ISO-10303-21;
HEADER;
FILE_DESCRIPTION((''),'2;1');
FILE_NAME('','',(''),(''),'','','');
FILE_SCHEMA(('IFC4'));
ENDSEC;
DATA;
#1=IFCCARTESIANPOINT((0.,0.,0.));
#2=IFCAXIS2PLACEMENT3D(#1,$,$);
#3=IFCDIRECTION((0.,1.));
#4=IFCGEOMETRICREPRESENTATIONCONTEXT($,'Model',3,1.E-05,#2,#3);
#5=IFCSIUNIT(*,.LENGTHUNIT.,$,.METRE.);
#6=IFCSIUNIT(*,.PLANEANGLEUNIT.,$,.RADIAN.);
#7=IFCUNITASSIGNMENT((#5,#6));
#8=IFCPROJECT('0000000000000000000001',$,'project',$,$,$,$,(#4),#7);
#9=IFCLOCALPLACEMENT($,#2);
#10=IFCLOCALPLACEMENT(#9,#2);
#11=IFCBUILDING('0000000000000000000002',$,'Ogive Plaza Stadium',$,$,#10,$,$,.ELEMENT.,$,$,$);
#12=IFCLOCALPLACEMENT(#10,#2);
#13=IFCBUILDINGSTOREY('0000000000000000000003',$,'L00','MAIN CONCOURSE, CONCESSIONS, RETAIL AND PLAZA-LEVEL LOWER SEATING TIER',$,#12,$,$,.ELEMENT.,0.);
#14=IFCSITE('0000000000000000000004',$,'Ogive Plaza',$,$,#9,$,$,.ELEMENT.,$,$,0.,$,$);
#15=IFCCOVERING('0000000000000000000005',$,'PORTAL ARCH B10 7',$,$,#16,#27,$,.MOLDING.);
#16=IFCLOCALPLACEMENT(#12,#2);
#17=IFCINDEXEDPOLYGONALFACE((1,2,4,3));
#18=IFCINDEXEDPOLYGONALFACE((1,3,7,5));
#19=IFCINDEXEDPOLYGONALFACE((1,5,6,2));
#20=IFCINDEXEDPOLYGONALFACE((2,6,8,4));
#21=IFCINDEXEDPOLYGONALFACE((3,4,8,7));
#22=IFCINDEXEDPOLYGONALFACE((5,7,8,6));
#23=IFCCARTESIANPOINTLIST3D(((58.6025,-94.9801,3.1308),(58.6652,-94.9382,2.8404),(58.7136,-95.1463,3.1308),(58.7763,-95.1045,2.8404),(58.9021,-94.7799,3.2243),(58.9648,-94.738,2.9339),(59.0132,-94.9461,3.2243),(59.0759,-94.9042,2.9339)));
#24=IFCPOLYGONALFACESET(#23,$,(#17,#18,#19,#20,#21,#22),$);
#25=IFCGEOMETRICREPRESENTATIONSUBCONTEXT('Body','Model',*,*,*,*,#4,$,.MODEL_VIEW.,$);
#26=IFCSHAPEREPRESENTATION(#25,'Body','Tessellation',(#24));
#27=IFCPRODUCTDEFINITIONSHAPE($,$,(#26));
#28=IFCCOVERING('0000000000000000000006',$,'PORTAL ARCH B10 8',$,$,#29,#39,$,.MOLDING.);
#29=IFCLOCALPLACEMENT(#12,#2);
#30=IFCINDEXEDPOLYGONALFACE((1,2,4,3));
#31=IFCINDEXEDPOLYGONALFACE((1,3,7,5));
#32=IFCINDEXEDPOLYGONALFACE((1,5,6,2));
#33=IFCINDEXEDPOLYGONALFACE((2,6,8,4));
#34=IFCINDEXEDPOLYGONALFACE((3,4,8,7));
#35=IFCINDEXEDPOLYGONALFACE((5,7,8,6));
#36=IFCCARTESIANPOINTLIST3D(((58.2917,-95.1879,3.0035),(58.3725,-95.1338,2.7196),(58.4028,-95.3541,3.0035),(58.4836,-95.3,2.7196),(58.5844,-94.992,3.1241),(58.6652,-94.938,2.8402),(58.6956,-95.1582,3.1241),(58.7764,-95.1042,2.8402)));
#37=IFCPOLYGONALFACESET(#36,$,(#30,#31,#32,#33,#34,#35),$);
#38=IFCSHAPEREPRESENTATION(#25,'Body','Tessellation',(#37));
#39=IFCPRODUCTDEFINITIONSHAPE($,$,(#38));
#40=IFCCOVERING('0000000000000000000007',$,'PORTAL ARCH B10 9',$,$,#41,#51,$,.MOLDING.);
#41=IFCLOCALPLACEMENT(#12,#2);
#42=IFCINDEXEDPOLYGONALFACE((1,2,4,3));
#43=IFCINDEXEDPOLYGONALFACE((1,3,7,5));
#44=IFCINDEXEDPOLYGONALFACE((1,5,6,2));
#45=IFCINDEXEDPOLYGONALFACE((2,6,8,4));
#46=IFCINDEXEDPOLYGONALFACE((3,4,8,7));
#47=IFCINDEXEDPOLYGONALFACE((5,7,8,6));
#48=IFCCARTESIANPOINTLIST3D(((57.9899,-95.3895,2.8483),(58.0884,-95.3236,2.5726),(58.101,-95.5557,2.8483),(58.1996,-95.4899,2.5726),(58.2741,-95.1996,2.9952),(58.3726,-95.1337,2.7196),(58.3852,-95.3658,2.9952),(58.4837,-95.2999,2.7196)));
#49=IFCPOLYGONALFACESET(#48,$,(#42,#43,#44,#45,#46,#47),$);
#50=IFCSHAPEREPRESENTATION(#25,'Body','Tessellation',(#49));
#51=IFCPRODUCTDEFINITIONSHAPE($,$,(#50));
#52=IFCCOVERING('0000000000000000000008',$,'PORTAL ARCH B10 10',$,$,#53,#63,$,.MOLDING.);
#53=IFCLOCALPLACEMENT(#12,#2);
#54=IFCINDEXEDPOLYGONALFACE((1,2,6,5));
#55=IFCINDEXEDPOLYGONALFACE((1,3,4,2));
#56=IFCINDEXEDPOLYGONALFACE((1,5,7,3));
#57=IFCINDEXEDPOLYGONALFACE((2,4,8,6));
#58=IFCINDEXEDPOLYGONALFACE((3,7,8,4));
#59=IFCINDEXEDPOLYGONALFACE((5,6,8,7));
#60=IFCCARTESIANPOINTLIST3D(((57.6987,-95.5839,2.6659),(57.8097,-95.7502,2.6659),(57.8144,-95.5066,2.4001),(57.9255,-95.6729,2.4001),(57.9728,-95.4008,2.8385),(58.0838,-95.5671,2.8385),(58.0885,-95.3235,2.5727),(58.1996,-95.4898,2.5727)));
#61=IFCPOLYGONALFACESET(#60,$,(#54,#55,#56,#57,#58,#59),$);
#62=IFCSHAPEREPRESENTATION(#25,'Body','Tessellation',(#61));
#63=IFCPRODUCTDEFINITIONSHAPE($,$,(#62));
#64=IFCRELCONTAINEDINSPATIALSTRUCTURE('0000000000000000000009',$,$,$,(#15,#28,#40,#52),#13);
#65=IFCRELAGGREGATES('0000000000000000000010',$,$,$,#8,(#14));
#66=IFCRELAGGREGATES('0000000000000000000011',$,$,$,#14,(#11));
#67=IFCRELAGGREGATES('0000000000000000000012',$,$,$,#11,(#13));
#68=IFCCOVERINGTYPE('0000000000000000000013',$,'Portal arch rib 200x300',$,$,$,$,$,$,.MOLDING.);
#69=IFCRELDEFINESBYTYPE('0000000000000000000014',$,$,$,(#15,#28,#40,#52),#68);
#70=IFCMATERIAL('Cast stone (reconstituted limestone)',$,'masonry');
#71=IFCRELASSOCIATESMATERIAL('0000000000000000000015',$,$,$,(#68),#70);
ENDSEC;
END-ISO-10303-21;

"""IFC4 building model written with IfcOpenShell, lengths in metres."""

from ifc_helpers import new_model, si_unit, direction, frame, origin, origin_2d, place, context, subcontext, project, spatial, rectangle, extrude, material, material_profile, profile_set, type_object, element, save


model = new_model("IFC4")

# Units and contexts
model_context = context("Model", 3, precision=1e-05, world=origin(), true_north=direction((0.0, 1.0)))
body_context = subcontext(model_context, "Body", "Model", "MODEL_VIEW")
ifc_project = project(units=[si_unit("LENGTHUNIT", "METRE"), si_unit("PLANEANGLEUNIT", "RADIAN")], contexts=[model_context])

# Site, building, storey
site_placement = place(None, origin())
site = spatial("IfcSite", under=ifc_project, at=site_placement, Name="Ogive Plaza", CompositionType="ELEMENT", RefElevation=0.0)
building_placement = place(site_placement, origin())
building = spatial("IfcBuilding", under=site, at=building_placement, Name="Ogive Plaza Stadium", CompositionType="ELEMENT")
storey_placement = place(building_placement, origin())
storey = spatial("IfcBuildingStorey", under=building, at=storey_placement, Name="L00", Description="MAIN CONCOURSE, CONCESSIONS, RETAIL AND PLAZA-LEVEL LOWER SEATING TIER", CompositionType="ELEMENT", Elevation=0.0)

# Coverings
ifc_material_1 = material(Name="Cast stone (reconstituted limestone)", Category="masonry")
ifc_material_profile_1 = material_profile(ifc_material_1, rectangle(XDim=0.2, YDim=0.3, at=origin_2d()), Name="Cast stone 200x300")
ifc_profile_set_1 = profile_set([ifc_material_profile_1], Name="Cast stone (reconstituted limestone)")
covering_type = type_object("IfcCoveringType", Name="Portal arch rib 200x300", PredefinedType="MOLDING", material=ifc_profile_set_1)
for number, where, z_axis, x_axis, name in (
    (1, (58.989, -94.842, 3.0791), (-0.804764, -0.537821, -0.251202), (0.555638, -0.831424, 0.0), "PORTAL ARCH B10 7"),
    (2, (58.6804, -95.0481, 2.9822), (-0.786362, -0.52599, -0.323989), (0.555979, -0.831196, 0.0), "PORTAL ARCH B10 8"),
):
    element("IfcCovering", number, at=place(storey_placement, frame(where, z_axis=z_axis, x_axis=x_axis)), inside=storey, type_object=covering_type, Name=name, PredefinedType="MOLDING", context=body_context, shape_type="SweptSolid", body=[
        extrude(rectangle(XDim=0.2, YDim=0.3, at=origin_2d()), origin(), (0.0, 0.0, 1.0), 0.3723),
    ])
for number, where, z_axis, x_axis, name in (
    (3, (58.3789, -95.2498, 2.8574), (-0.763778, -0.510498, -0.395012), (0.555689, -0.83139, 0.0), "PORTAL ARCH B10 9"),
    (4, (58.0862, -95.4453, 2.7056), (-0.736734, -0.49203, -0.463821), (0.555384, -0.831594, 0.0), "PORTAL ARCH B10 10"),
):
    element("IfcCovering", number, at=place(storey_placement, frame(where, z_axis=z_axis, x_axis=x_axis)), inside=storey, type_object=covering_type, Name=name, PredefinedType="MOLDING", context=body_context, shape_type="SweptSolid", body=[
        extrude(rectangle(XDim=0.2, YDim=0.3, at=origin_2d()), origin(), (0.0, 0.0, 1.0), 0.3721),
    ])

save(model, "model.ifc")
